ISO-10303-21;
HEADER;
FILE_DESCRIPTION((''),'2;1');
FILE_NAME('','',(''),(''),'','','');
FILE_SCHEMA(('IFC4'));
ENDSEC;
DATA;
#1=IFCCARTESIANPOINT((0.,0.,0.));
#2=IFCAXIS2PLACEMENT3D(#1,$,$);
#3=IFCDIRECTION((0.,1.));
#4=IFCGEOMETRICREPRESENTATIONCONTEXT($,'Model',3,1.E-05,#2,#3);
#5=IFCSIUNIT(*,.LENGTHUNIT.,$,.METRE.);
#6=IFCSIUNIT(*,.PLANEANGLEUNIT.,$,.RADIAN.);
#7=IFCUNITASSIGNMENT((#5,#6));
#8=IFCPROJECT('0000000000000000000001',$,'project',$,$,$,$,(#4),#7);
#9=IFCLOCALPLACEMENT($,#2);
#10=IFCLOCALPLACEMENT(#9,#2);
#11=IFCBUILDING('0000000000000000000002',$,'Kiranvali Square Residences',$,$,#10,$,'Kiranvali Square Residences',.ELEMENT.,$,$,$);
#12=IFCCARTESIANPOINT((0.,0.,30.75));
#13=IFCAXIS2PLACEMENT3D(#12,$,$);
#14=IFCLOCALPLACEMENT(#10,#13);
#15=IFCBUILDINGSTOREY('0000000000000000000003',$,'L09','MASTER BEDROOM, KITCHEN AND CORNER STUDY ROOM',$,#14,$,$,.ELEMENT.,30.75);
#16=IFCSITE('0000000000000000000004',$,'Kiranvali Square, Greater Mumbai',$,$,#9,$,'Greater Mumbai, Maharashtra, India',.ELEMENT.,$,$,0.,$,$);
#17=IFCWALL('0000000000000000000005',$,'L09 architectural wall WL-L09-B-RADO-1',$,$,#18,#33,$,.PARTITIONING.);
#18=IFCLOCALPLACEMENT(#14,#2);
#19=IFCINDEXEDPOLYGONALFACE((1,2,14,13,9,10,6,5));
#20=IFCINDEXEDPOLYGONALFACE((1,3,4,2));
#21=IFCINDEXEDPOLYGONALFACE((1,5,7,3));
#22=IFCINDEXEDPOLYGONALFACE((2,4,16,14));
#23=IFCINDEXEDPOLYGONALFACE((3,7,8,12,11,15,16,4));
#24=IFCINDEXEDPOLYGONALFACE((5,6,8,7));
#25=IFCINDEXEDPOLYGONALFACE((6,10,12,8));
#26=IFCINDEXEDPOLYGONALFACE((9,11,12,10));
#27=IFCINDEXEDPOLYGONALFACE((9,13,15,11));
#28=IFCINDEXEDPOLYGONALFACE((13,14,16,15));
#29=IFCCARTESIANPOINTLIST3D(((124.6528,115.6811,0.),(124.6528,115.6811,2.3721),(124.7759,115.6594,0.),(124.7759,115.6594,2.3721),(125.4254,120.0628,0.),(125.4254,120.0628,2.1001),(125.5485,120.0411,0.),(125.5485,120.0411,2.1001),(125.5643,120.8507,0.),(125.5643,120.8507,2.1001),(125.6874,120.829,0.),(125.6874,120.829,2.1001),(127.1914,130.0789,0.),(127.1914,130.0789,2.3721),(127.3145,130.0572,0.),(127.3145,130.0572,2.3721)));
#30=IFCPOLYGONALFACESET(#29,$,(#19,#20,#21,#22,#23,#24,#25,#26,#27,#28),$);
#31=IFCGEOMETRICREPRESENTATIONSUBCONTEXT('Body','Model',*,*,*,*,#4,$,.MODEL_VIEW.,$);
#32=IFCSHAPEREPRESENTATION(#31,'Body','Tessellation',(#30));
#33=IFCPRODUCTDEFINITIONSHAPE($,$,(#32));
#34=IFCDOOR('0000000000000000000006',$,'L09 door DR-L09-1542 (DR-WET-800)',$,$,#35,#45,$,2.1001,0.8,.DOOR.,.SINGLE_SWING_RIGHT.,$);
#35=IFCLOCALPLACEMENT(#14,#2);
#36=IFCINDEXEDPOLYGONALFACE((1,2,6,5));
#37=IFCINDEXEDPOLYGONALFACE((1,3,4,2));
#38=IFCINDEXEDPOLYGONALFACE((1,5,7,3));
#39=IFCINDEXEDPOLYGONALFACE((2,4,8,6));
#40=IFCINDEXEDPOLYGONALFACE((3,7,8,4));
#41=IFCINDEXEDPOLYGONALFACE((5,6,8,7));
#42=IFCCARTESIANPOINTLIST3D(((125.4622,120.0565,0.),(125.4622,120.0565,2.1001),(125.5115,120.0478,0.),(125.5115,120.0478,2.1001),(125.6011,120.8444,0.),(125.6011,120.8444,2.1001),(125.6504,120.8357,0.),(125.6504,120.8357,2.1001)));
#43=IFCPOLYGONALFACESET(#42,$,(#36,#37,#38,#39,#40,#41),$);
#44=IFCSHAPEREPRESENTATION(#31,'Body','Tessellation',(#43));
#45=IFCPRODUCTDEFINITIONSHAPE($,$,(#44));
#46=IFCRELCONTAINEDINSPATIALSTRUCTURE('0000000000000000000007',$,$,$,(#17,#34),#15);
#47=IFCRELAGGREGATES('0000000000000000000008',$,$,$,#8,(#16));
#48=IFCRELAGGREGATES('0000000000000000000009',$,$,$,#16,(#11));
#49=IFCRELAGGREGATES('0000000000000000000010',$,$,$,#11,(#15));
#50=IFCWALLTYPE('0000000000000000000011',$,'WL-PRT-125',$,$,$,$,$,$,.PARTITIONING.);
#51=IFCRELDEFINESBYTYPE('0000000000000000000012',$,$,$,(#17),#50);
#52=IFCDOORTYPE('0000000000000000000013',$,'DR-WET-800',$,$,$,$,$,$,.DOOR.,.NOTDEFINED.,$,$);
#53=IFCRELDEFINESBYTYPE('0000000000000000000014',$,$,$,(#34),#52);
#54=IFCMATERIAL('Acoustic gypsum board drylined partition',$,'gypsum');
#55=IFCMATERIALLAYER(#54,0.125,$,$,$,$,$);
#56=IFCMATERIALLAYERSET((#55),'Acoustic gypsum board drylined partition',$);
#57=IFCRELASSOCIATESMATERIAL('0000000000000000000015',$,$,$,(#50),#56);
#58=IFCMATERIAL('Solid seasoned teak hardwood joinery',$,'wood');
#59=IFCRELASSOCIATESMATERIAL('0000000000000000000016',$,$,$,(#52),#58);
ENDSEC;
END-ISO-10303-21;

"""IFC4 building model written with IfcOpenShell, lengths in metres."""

from ifc_helpers import new_model, si_unit, direction, frame, frame_2d, origin, place, context, subcontext, project, spatial, rectangle, extrude, material, layer, layer_set, type_object, element, fill, save


model = new_model("IFC4")

# Units and contexts
model_context = context("Model", 3, precision=1e-05, world=origin(), true_north=direction((0.0, 1.0)))
body_context = subcontext(model_context, "Body", "Model", "MODEL_VIEW")
ifc_project = project(units=[si_unit("LENGTHUNIT", "METRE"), si_unit("PLANEANGLEUNIT", "RADIAN")], contexts=[model_context])

# Site, building, storey
site_placement = place(None, origin())
site = spatial("IfcSite", under=ifc_project, at=site_placement, Name="Kiranvali Square, Greater Mumbai", LongName="Greater Mumbai, Maharashtra, India", CompositionType="ELEMENT", RefElevation=0.0)
building_placement = place(site_placement, origin())
building = spatial("IfcBuilding", under=site, at=building_placement, Name="Kiranvali Square Residences", LongName="Kiranvali Square Residences", CompositionType="ELEMENT")
storey_placement = place(building_placement, frame((0.0, 0.0, 30.75)))
storey = spatial("IfcBuildingStorey", under=building, at=storey_placement, Name="L09", Description="MASTER BEDROOM, KITCHEN AND CORNER STUDY ROOM", CompositionType="ELEMENT", Elevation=30.75)

# Wall, opening, door
ifc_material_1 = material(Name="Acoustic gypsum board drylined partition", Category="gypsum")
ifc_layer_1 = layer(ifc_material_1, 0.125)
ifc_layer_set_1 = layer_set([ifc_layer_1], Name="Acoustic gypsum board drylined partition")
wall_type_1 = type_object("IfcWallType", Name="WL-PRT-125", PredefinedType="PARTITIONING", material=ifc_layer_set_1)
wall_1_placement = place(storey_placement, frame((124.7144, 115.6702, 0.0), z_axis=(0.0, 0.0, 1.0), x_axis=(0.17364, 0.984809, 0.0)))
wall_1 = element("IfcWall", 1, at=wall_1_placement, inside=storey, type_object=wall_type_1, Name="L09 architectural wall WL-L09-B-RADO-1", PredefinedType="PARTITIONING", context=body_context, shape_type="SweptSolid", body=[
    extrude(rectangle(XDim=14.6199, YDim=0.125, at=frame_2d((7.3101, 0.0))), origin(), (0.0, 0.0, 1.0), 2.3721),
])
opening_1_placement = place(wall_1_placement, frame((4.4495, 0.0, 0.0)))
opening_1 = element("IfcOpeningElement", 2, at=opening_1_placement, cuts=wall_1, PredefinedType="OPENING", context=body_context, shape_type="SweptSolid", body=[
    extrude(rectangle(XDim=0.8, YDim=2.1001, at=frame_2d((0.3999, 1.05))), frame((0.0, 0.0725, 0.0), z_axis=(0.0, -1.0, 0.0), x_axis=(1.0, 0.0, 0.0)), (0.0, 0.0, 1.0), 0.145),
])
ifc_material_2 = material(Name="Solid seasoned teak hardwood joinery", Category="wood")
door_type_1 = type_object("IfcDoorType", Name="DR-WET-800", OperationType="NOTDEFINED", PredefinedType="DOOR", material=ifc_material_2)
door_1_placement = place(opening_1_placement, frame((0.8, 0.0, 0.0), z_axis=(0.0, 0.0, 1.0), x_axis=(-1.0, 0.0, 0.0)))
door_1 = element("IfcDoor", 3, at=door_1_placement, inside=storey, type_object=door_type_1, Name="L09 door DR-L09-1542 (DR-WET-800)", OperationType="SINGLE_SWING_RIGHT", OverallHeight=2.1001, OverallWidth=0.8, PredefinedType="DOOR", context=body_context, shape_type="SweptSolid", body=[
    extrude(rectangle(XDim=0.8, YDim=2.1001, at=frame_2d((0.3999, 1.05))), frame((0.0, 0.0249, 0.0), z_axis=(0.0, -1.0, 0.0), x_axis=(1.0, 0.0, 0.0)), (0.0, 0.0, 1.0), 0.05),
])
fill(opening_1, door_1)

save(model, "model.ifc")
